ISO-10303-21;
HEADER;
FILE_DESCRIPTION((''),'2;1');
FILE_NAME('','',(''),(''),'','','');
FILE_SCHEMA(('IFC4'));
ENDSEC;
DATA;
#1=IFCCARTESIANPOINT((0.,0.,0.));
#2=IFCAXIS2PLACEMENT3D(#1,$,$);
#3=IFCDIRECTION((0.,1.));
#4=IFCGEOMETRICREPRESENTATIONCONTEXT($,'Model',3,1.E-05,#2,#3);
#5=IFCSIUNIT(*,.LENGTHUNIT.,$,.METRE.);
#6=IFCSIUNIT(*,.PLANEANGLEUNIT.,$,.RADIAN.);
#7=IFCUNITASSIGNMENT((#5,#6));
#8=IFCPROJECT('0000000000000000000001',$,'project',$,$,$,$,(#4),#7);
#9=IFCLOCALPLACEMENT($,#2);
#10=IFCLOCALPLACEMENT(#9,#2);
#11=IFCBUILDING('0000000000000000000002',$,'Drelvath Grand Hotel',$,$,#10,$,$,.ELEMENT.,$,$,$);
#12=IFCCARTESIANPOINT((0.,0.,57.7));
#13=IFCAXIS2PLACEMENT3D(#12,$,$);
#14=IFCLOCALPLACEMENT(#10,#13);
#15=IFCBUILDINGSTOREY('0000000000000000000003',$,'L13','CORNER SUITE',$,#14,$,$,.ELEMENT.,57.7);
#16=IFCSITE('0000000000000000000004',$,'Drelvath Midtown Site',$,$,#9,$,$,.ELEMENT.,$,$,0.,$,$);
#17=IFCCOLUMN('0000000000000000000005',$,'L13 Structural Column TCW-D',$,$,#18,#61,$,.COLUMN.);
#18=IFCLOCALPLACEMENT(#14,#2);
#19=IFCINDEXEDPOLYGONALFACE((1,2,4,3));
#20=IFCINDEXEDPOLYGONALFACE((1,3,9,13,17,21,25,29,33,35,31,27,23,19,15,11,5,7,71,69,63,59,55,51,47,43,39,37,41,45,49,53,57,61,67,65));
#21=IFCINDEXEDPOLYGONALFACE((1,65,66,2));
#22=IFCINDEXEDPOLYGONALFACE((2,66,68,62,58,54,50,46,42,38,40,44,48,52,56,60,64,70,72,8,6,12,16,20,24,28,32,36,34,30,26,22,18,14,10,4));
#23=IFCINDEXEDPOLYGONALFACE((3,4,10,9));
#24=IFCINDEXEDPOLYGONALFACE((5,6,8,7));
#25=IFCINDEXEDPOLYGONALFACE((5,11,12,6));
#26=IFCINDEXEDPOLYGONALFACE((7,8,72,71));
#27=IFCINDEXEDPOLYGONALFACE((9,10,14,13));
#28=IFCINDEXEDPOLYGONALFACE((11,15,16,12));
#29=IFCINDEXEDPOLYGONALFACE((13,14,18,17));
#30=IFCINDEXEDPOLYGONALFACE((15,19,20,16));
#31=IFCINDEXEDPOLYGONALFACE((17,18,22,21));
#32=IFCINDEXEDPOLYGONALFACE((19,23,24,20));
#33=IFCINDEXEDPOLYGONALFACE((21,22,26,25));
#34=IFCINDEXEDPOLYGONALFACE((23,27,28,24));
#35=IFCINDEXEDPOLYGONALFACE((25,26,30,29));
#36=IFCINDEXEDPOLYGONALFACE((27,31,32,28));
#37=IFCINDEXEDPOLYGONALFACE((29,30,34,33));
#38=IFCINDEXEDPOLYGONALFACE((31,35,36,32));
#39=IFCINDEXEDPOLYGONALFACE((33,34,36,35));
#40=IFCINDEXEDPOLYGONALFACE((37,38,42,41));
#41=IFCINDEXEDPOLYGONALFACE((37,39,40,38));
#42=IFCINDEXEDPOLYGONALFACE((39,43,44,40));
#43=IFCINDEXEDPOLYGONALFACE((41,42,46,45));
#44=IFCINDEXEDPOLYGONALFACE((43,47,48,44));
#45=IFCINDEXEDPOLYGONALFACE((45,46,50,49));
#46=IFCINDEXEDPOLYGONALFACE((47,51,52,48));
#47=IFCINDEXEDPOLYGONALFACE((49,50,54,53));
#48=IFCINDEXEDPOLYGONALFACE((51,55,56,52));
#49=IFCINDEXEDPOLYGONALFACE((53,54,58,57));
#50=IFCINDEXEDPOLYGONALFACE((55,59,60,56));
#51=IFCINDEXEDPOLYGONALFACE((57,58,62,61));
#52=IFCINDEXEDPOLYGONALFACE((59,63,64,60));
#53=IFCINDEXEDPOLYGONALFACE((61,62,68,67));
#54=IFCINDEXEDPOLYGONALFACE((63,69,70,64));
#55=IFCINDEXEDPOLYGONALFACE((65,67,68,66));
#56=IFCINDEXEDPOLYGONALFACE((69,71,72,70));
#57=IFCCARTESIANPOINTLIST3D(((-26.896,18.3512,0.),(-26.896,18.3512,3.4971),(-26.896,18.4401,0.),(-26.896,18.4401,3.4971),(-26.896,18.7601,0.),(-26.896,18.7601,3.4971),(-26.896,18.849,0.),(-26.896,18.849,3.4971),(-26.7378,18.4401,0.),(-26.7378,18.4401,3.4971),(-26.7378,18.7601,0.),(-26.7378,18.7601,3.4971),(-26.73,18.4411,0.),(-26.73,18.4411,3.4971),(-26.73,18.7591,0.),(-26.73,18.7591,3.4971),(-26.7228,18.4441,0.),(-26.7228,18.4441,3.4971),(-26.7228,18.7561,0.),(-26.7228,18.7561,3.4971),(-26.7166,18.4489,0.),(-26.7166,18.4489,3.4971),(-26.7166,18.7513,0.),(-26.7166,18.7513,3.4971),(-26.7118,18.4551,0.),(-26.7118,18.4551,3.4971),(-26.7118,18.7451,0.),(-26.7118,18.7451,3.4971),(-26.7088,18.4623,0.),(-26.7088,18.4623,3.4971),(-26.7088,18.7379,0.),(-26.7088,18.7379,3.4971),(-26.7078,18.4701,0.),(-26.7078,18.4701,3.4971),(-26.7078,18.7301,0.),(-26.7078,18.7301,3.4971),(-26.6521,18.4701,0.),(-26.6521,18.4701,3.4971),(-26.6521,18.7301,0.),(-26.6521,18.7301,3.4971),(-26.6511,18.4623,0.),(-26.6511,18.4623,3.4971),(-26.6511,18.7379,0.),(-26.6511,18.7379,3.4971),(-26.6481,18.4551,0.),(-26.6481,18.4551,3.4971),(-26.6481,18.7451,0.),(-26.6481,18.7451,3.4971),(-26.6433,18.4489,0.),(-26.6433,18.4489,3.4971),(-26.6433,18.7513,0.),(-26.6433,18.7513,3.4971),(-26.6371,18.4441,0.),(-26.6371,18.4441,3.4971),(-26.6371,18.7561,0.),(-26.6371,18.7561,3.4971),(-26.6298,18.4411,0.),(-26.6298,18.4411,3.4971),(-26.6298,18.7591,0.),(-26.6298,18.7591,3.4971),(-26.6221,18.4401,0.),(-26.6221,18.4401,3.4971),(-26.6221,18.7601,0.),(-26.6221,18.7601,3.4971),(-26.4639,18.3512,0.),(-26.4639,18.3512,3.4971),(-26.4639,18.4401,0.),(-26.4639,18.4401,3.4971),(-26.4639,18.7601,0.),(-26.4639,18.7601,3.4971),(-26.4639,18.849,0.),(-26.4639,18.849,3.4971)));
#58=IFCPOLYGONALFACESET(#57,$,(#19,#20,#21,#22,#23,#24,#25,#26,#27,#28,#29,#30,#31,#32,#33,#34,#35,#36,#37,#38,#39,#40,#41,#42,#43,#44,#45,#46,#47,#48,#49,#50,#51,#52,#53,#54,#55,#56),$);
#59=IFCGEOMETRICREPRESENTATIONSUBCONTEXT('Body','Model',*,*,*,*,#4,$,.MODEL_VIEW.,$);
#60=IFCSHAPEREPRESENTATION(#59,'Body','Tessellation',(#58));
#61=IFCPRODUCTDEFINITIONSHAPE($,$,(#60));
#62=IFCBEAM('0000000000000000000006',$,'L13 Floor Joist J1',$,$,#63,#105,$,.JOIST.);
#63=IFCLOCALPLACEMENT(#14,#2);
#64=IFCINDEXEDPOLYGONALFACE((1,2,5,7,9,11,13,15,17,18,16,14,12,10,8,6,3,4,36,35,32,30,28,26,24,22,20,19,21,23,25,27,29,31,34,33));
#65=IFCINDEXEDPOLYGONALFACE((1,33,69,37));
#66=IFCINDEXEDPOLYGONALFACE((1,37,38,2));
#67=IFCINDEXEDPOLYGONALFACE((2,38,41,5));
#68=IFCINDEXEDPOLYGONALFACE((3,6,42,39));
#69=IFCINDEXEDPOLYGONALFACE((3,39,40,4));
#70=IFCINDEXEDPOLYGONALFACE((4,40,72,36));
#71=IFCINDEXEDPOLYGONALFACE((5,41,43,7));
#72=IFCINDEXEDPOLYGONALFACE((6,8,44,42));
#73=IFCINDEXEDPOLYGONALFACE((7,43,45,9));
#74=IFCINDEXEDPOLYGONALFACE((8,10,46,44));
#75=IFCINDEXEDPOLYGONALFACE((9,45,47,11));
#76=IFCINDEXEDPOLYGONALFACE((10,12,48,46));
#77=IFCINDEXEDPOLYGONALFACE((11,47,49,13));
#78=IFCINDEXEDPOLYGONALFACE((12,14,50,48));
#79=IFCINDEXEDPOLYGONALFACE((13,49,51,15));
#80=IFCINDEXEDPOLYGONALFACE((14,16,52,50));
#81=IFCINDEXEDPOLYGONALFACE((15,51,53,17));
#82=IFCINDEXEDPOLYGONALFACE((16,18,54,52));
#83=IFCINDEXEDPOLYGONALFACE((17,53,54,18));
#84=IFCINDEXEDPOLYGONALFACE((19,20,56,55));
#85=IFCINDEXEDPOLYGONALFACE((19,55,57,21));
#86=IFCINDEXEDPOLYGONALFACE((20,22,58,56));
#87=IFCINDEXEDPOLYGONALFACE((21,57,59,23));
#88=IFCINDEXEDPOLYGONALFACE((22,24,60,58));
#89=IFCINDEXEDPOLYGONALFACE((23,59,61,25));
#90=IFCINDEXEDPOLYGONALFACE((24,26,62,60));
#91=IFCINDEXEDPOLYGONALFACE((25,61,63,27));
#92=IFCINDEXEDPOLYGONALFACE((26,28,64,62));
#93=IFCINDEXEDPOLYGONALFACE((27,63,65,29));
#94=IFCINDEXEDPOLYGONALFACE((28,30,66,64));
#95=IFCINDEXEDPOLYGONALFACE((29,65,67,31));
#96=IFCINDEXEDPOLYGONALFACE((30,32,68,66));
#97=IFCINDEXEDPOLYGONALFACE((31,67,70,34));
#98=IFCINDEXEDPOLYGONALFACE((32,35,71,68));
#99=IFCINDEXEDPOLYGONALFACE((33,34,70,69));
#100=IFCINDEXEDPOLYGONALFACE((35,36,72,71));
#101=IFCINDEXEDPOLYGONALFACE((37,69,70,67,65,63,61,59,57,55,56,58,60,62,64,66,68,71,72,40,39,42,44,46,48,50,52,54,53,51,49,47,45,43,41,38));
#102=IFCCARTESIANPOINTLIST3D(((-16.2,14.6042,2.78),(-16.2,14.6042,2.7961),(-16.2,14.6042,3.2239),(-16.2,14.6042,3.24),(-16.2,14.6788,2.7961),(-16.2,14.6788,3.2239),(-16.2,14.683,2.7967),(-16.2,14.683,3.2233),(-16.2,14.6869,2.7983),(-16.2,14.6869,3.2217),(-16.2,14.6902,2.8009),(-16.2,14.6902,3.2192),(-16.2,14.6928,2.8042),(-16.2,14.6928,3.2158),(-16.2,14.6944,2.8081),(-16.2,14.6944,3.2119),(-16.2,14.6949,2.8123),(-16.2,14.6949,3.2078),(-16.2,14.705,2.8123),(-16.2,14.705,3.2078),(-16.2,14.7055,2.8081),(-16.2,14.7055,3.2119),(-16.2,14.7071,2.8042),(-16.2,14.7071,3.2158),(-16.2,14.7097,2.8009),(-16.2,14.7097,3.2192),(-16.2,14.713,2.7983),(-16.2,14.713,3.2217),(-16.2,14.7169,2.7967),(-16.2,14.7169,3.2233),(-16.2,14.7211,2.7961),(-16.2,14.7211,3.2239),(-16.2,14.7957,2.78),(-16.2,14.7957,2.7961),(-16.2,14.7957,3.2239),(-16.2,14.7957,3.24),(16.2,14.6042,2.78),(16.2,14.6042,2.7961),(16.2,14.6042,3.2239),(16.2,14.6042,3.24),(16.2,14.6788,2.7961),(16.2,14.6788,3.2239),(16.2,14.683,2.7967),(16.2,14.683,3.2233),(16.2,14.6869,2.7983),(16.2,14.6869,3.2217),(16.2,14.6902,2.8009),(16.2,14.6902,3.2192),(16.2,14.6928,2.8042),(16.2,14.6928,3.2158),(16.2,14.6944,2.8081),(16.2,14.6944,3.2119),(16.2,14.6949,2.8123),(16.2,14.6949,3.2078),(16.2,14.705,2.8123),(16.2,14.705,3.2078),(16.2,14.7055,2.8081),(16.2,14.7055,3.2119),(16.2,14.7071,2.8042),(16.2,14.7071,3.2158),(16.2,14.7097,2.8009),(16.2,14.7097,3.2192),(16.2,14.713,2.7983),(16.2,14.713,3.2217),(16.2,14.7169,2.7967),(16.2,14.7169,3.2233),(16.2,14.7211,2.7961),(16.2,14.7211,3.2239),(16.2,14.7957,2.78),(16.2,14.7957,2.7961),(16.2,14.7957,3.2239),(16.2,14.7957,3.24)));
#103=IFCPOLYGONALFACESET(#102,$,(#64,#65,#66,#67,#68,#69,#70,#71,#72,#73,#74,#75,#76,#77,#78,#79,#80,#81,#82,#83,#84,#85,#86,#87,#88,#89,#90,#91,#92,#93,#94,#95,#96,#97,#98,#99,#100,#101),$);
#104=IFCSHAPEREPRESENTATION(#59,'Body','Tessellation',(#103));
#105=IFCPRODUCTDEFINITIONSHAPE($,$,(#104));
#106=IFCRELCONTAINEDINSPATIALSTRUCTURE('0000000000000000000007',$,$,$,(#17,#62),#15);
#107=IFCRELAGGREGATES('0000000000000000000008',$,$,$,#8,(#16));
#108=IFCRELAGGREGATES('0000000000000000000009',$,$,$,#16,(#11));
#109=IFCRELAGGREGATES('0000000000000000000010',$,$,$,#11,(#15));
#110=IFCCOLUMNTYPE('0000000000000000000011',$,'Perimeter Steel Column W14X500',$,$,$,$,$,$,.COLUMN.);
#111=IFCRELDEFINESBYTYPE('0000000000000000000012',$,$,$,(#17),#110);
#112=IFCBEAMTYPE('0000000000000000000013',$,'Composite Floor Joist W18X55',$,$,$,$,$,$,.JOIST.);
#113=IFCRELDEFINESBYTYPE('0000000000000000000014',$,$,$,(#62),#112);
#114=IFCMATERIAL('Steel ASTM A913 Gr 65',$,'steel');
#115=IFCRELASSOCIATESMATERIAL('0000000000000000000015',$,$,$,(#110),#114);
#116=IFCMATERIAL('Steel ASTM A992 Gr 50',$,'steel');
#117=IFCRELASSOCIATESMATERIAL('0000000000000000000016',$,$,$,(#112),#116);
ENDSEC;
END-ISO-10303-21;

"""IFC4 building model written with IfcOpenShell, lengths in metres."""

from ifc_helpers import new_model, si_unit, direction, frame, origin, origin_2d, place, context, subcontext, project, spatial, i_section, extrude, material, material_profile, profile_set, type_object, element, save


model = new_model("IFC4")

# Units and contexts
model_context = context("Model", 3, precision=1e-05, world=origin(), true_north=direction((0.0, 1.0)))
body_context = subcontext(model_context, "Body", "Model", "MODEL_VIEW")
ifc_project = project(units=[si_unit("LENGTHUNIT", "METRE"), si_unit("PLANEANGLEUNIT", "RADIAN")], contexts=[model_context])

# Site, building, storey
site_placement = place(None, origin())
site = spatial("IfcSite", under=ifc_project, at=site_placement, Name="Drelvath Midtown Site", CompositionType="ELEMENT", RefElevation=0.0)
building_placement = place(site_placement, origin())
building = spatial("IfcBuilding", under=site, at=building_placement, Name="Drelvath Grand Hotel", CompositionType="ELEMENT")
storey_placement = place(building_placement, frame((0.0, 0.0, 57.7)))
storey = spatial("IfcBuildingStorey", under=building, at=storey_placement, Name="L13", Description="CORNER SUITE", CompositionType="ELEMENT", Elevation=57.7)

# Column
ifc_material_1 = material(Name="Steel ASTM A913 Gr 65", Category="steel")
ifc_material_profile_1 = material_profile(ifc_material_1, i_section(OverallWidth=0.4321, OverallDepth=0.4978, WebThickness=0.0557, FlangeThickness=0.0889, FilletRadius=0.03, at=origin_2d()), Name="W14X500")
ifc_profile_set_1 = profile_set([ifc_material_profile_1], Name="Steel ASTM A913 Gr 65")
column_type = type_object("IfcColumnType", Name="Perimeter Steel Column W14X500", PredefinedType="COLUMN", material=ifc_profile_set_1)
column_placement = place(storey_placement, frame((-26.6799, 18.6001, 0.0), z_axis=(0.0, 0.0, 1.0), x_axis=(1.0, 0.0, 0.0)))
element("IfcColumn", 1, at=column_placement, inside=storey, type_object=column_type, Name="L13 Structural Column TCW-D", PredefinedType="COLUMN", context=body_context, shape_type="SweptSolid", body=[
    extrude(i_section(OverallWidth=0.4321, OverallDepth=0.4978, WebThickness=0.0557, FlangeThickness=0.0889, FilletRadius=0.03, at=origin_2d()), origin(), (0.0, 0.0, 1.0), 3.4971),
])

# Beam
ifc_material_2 = material(Name="Steel ASTM A992 Gr 50", Category="steel")
ifc_material_profile_2 = material_profile(ifc_material_2, i_section(OverallWidth=0.1914, OverallDepth=0.46, WebThickness=0.01, FlangeThickness=0.0161, FilletRadius=0.0161, at=origin_2d()), Name="W18X55")
ifc_profile_set_2 = profile_set([ifc_material_profile_2], Name="Steel ASTM A992 Gr 50")
beam_type = type_object("IfcBeamType", Name="Composite Floor Joist W18X55", PredefinedType="JOIST", material=ifc_profile_set_2)
beam_placement = place(storey_placement, frame((-16.2, 14.7, 3.01), z_axis=(1.0, 0.0, 0.0), x_axis=(0.0, 1.0, 0.0)))
element("IfcBeam", 2, at=beam_placement, inside=storey, type_object=beam_type, Name="L13 Floor Joist J1", PredefinedType="JOIST", context=body_context, shape_type="SweptSolid", body=[
    extrude(i_section(OverallWidth=0.1914, OverallDepth=0.46, WebThickness=0.01, FlangeThickness=0.0161, FilletRadius=0.0161, at=origin_2d()), origin(), (0.0, 0.0, 1.0), 32.3999),
])

save(model, "model.ifc")
